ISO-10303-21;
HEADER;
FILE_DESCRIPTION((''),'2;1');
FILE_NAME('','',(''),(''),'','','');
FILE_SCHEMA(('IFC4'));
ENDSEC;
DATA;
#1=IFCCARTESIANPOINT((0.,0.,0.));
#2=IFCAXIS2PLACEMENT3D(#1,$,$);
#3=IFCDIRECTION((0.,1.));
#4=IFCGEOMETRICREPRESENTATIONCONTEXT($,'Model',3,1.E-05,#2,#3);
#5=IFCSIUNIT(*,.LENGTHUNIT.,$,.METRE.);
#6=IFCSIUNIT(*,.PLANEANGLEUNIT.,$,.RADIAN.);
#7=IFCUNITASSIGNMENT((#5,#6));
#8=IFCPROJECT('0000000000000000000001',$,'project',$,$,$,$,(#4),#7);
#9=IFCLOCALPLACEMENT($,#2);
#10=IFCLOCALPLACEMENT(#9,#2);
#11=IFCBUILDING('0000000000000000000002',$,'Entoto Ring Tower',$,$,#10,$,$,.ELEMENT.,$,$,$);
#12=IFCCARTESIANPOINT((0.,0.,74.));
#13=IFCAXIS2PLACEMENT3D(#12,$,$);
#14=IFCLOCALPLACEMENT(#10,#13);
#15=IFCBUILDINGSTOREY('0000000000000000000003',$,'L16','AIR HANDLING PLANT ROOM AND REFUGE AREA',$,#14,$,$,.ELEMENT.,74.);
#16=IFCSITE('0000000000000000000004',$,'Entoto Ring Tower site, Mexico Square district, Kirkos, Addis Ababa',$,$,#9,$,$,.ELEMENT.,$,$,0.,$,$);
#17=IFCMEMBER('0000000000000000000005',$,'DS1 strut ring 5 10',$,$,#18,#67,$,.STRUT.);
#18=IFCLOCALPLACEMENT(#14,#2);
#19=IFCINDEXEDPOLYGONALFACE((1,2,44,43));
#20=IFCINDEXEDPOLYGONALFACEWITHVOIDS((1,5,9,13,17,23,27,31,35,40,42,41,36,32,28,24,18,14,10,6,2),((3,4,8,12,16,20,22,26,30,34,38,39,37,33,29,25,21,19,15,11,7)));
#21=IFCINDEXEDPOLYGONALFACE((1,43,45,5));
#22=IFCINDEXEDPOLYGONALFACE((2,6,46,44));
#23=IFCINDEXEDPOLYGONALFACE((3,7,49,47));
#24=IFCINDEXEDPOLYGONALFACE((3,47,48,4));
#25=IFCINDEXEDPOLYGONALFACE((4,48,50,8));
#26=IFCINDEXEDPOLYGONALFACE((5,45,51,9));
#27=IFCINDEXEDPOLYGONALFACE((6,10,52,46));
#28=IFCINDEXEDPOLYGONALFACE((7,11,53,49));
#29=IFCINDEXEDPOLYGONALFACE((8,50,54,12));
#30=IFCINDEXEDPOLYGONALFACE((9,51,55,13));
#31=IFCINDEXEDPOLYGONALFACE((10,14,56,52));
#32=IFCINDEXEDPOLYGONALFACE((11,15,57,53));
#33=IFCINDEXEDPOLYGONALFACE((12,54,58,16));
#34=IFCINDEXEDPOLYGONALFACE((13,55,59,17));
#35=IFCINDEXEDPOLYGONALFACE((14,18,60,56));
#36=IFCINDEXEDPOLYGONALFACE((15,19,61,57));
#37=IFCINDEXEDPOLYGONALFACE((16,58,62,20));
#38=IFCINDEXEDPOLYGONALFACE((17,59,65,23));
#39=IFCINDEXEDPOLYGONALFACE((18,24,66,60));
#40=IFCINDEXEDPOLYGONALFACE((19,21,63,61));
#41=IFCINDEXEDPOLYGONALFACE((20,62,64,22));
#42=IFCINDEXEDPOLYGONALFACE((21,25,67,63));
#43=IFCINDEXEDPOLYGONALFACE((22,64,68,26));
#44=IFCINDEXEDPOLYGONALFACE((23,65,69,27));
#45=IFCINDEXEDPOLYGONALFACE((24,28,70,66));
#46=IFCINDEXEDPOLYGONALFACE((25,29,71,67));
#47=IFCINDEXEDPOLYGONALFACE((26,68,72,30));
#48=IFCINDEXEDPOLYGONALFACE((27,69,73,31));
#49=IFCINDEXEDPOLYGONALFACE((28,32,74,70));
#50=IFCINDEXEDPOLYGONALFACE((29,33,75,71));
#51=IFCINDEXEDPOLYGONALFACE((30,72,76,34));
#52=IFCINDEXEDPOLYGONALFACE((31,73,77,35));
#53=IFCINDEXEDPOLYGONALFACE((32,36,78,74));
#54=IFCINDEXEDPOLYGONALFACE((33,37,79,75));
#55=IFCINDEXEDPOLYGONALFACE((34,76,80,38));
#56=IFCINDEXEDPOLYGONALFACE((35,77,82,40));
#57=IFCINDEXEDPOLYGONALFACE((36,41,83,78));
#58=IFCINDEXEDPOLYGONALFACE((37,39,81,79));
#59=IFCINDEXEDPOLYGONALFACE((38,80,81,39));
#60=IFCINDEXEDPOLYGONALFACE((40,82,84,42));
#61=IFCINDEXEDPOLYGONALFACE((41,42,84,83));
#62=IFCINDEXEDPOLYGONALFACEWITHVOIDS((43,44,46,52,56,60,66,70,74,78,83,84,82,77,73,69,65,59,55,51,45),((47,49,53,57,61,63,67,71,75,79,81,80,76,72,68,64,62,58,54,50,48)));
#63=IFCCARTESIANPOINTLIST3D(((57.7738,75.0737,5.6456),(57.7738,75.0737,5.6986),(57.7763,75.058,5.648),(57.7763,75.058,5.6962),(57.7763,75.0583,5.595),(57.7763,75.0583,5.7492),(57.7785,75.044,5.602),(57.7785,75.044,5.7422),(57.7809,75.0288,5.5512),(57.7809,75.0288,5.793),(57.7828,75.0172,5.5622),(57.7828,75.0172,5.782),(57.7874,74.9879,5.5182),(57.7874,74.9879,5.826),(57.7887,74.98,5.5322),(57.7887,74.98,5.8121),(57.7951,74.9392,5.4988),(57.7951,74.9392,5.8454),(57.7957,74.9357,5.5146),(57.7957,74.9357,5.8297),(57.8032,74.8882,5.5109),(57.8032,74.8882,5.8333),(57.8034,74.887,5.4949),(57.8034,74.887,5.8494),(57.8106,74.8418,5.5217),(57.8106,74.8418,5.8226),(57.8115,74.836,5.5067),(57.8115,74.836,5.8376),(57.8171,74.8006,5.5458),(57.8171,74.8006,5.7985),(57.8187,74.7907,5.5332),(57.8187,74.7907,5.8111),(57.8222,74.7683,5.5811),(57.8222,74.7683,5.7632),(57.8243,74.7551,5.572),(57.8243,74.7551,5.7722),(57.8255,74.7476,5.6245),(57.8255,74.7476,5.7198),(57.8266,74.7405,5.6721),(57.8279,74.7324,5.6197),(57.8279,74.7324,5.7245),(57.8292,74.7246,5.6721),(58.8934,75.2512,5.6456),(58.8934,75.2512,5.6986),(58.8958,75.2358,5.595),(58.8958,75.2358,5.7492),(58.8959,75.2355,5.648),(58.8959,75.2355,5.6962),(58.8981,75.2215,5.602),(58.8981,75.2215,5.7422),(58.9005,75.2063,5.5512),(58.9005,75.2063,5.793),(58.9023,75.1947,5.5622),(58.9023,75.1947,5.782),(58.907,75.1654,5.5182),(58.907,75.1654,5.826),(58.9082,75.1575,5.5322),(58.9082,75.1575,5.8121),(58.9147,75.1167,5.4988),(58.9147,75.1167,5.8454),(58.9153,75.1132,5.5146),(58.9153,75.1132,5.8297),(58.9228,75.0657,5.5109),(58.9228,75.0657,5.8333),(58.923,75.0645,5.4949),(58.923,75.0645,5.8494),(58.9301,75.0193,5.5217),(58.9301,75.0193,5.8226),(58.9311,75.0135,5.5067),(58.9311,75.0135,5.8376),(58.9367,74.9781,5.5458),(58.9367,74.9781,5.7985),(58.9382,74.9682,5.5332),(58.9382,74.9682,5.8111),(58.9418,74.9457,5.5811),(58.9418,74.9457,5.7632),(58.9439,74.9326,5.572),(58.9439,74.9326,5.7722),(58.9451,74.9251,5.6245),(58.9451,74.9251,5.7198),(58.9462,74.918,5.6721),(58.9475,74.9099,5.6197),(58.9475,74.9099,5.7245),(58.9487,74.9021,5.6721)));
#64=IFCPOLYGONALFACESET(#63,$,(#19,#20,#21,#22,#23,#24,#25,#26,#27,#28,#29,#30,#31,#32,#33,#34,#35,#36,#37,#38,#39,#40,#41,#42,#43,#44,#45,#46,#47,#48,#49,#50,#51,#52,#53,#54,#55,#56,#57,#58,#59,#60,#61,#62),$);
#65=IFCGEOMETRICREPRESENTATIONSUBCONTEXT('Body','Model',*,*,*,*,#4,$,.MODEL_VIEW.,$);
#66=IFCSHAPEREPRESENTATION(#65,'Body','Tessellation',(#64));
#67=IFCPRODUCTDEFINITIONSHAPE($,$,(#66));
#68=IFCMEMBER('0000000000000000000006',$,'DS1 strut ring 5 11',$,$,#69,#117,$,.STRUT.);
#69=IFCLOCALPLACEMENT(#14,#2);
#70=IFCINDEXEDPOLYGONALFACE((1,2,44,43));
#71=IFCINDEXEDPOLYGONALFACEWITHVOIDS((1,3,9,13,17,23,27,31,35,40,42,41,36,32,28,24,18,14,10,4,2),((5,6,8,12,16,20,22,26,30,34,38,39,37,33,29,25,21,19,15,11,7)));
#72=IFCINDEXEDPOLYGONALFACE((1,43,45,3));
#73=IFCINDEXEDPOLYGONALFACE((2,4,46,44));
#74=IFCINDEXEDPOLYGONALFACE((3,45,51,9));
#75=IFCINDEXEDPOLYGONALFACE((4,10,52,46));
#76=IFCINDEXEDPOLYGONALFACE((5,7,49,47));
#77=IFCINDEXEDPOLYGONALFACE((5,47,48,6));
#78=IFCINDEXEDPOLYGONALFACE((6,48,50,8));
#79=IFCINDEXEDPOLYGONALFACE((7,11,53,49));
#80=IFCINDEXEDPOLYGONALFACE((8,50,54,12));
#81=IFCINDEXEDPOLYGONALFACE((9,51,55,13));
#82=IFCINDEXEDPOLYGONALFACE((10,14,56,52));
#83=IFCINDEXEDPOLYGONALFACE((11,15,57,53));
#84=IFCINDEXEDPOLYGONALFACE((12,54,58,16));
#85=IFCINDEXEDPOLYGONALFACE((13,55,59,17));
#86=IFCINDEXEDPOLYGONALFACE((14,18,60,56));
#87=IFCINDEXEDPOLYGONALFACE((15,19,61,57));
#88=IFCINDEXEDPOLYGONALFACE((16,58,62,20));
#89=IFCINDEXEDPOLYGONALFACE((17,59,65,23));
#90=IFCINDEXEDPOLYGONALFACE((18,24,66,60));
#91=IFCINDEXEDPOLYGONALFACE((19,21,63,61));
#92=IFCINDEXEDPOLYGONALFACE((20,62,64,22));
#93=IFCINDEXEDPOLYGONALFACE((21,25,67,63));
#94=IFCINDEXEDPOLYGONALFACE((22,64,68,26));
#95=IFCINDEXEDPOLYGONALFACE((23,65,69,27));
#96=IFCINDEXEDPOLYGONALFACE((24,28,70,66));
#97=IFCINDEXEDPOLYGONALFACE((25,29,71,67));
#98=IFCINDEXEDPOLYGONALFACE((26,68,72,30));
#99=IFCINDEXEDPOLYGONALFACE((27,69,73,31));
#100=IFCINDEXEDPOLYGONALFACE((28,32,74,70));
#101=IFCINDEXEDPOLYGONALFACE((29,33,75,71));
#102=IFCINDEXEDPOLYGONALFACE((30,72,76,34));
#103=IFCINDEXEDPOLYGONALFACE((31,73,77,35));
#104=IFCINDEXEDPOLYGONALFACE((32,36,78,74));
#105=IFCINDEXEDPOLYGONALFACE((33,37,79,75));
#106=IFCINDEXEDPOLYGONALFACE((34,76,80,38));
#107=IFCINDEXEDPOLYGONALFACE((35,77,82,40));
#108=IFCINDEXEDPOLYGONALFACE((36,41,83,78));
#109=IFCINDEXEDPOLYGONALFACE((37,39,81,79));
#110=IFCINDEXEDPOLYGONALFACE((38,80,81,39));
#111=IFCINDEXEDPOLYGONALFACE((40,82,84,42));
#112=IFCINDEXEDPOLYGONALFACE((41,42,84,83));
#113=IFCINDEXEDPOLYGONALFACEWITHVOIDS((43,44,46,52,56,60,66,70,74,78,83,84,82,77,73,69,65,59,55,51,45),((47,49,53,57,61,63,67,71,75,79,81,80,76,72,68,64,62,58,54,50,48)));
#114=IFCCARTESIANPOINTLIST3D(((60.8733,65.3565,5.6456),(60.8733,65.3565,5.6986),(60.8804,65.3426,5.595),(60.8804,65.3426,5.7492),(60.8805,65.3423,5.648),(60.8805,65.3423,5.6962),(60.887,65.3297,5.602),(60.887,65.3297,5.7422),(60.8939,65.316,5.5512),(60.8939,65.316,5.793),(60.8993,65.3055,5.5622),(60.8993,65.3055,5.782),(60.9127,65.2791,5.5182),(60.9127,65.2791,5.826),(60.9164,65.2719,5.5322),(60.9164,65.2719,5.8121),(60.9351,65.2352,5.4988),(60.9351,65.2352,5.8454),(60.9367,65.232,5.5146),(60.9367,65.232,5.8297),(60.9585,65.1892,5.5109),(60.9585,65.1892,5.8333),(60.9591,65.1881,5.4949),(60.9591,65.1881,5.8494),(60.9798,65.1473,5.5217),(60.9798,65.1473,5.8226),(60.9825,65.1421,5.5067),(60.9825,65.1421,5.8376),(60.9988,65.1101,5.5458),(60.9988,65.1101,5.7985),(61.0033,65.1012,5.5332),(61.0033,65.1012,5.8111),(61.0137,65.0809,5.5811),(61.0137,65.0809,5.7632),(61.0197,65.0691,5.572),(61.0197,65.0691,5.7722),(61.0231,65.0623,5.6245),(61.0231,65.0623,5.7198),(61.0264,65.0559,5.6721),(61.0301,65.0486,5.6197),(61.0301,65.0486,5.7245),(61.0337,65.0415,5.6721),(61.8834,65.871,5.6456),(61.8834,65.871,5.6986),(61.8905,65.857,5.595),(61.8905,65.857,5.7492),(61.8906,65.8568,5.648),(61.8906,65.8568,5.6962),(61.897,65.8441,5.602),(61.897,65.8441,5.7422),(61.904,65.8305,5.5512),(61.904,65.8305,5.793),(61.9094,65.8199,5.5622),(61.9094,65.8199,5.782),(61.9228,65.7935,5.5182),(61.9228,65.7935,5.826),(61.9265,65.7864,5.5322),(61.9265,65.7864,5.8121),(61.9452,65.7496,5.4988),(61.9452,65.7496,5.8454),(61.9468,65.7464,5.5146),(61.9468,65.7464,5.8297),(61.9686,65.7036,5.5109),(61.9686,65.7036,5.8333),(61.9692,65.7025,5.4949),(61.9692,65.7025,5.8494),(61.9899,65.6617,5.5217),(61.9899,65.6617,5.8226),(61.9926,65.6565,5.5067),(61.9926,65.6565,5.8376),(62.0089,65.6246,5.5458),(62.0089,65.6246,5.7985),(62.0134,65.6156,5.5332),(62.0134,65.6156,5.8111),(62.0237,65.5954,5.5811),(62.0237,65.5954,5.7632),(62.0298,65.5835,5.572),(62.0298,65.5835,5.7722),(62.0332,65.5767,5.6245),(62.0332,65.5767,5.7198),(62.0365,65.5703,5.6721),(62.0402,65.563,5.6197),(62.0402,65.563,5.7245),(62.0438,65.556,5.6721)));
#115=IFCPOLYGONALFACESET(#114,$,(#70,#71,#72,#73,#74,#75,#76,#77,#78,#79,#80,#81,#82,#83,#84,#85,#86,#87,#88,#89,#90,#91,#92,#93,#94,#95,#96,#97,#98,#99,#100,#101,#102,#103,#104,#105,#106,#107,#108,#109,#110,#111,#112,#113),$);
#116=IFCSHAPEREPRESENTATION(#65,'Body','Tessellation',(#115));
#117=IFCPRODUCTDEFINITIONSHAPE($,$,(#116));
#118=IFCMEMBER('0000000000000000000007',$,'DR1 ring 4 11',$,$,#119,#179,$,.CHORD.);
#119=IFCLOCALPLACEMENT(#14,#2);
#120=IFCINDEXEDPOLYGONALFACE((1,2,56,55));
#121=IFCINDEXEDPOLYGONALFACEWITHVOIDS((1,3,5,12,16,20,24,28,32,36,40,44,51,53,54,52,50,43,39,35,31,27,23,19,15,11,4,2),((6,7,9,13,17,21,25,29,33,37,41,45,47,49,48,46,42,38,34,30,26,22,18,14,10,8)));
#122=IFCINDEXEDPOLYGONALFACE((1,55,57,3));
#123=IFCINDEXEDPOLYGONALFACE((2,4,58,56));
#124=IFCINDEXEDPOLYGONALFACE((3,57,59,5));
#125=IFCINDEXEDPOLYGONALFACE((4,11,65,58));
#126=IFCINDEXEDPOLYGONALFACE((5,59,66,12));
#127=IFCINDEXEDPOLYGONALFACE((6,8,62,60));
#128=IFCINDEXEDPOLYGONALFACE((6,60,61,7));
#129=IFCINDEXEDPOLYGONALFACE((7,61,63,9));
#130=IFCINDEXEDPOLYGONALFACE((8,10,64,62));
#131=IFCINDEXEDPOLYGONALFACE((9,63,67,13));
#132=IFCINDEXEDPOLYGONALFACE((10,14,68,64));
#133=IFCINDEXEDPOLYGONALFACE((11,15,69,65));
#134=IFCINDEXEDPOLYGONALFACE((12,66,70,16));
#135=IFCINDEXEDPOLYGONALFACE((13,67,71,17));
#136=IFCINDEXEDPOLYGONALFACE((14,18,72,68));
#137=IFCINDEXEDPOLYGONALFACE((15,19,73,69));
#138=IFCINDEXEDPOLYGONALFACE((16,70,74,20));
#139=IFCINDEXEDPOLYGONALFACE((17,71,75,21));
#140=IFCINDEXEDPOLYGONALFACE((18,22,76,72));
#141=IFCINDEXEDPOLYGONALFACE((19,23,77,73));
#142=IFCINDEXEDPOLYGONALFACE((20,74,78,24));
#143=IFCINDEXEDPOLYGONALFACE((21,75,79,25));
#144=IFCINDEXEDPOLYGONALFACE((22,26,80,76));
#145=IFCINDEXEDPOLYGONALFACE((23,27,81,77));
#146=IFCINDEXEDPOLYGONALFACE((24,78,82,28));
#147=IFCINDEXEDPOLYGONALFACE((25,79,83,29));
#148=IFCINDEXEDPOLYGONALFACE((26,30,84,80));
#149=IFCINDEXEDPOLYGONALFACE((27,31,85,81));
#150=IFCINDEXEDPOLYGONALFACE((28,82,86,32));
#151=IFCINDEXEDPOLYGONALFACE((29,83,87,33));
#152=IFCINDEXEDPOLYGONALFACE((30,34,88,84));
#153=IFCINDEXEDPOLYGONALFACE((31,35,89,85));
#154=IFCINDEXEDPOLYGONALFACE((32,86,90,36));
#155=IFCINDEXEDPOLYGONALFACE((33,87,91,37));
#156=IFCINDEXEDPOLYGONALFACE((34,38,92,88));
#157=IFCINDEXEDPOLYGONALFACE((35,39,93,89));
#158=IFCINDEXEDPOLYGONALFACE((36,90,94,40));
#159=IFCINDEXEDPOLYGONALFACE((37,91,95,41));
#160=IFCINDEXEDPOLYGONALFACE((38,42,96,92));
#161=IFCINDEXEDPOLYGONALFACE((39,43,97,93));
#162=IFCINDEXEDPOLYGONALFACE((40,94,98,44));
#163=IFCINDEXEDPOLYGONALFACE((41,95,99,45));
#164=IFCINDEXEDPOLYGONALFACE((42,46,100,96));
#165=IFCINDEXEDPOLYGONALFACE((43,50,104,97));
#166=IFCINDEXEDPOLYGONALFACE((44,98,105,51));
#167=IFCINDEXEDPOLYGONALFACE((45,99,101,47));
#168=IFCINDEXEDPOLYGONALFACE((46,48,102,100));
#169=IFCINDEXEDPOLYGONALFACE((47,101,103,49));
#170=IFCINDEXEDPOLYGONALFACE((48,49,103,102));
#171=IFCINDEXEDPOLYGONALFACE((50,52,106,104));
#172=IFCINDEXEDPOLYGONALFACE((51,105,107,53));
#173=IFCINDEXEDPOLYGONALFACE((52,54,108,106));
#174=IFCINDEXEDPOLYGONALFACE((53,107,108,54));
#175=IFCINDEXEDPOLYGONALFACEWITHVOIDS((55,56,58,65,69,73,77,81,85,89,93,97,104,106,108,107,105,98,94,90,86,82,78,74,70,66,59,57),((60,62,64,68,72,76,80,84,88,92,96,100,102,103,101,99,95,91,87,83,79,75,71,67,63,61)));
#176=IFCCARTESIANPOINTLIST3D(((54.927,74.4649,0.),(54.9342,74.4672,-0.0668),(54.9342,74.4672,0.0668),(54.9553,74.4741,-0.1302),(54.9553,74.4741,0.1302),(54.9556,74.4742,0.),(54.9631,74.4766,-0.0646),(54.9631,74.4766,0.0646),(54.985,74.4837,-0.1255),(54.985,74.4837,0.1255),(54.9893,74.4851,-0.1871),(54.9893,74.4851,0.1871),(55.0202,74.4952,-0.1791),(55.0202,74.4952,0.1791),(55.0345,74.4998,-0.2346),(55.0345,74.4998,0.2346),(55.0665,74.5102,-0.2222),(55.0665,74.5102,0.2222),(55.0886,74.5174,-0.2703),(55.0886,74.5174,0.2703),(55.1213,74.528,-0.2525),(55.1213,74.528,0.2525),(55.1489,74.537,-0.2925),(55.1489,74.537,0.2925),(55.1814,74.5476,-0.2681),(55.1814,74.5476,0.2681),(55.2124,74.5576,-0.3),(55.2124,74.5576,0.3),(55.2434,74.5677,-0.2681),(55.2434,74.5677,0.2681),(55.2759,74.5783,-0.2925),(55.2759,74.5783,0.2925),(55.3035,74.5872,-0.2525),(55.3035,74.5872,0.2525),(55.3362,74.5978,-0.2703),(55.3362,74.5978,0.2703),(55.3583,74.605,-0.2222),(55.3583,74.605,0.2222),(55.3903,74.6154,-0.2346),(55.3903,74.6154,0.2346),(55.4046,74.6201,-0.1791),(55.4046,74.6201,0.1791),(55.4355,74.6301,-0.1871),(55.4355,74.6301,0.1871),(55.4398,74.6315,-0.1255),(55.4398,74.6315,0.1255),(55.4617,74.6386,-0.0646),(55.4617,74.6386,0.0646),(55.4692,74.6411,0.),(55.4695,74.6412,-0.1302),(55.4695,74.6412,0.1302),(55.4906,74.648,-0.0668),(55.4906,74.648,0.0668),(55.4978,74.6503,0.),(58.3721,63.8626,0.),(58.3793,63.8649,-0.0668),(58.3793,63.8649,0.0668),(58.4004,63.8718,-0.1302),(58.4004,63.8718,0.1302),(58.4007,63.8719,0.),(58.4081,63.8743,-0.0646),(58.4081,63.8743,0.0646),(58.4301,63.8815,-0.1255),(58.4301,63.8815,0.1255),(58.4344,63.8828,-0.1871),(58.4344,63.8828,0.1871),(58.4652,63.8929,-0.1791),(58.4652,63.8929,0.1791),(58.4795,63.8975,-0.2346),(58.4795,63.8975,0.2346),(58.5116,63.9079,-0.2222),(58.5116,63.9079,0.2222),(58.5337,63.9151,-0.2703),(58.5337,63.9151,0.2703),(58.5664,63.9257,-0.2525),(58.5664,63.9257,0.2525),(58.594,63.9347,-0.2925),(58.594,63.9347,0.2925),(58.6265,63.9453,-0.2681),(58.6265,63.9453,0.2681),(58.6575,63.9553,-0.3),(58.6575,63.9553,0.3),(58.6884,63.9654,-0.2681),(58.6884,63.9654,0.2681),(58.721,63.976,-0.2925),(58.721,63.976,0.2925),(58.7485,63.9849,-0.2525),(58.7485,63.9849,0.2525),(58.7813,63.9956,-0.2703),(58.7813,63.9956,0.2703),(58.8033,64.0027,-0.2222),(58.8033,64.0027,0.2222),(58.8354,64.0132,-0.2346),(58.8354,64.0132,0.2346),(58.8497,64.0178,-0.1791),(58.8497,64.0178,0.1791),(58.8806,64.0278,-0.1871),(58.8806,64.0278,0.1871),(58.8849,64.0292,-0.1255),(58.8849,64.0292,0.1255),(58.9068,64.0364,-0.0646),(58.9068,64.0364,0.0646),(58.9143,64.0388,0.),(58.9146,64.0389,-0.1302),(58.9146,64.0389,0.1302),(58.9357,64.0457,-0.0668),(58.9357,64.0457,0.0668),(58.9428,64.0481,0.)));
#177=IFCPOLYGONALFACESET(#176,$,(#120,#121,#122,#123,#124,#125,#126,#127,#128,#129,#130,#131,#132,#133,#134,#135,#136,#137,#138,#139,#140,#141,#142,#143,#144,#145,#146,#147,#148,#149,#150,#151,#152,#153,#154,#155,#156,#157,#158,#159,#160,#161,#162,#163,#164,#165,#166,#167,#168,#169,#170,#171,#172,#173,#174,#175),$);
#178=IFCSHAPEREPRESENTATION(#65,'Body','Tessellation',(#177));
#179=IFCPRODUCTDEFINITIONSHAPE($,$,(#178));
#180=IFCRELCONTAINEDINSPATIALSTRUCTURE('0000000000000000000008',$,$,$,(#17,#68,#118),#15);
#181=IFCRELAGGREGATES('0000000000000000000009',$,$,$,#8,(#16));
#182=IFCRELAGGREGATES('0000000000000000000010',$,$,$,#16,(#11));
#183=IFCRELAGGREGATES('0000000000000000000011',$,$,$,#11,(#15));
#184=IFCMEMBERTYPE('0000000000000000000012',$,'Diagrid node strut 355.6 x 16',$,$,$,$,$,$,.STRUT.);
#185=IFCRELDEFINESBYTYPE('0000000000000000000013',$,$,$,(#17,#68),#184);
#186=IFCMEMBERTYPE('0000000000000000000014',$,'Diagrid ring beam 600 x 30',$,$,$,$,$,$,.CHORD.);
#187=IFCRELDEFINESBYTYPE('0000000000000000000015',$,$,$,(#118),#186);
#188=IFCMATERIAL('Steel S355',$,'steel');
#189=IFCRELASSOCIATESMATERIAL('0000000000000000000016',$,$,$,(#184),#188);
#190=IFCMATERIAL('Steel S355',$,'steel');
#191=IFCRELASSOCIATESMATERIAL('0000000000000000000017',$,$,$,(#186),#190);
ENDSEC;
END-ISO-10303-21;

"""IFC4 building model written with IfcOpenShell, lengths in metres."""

from ifc_helpers import new_model, si_unit, direction, frame, origin, origin_2d, place, context, subcontext, project, spatial, circle, hollow_circle, extrude, material, material_profile, profile_set, type_object, element, save


model = new_model("IFC4")

# Units and contexts
model_context = context("Model", 3, precision=1e-05, world=origin(), true_north=direction((0.0, 1.0)))
body_context = subcontext(model_context, "Body", "Model", "MODEL_VIEW")
ifc_project = project(units=[si_unit("LENGTHUNIT", "METRE"), si_unit("PLANEANGLEUNIT", "RADIAN")], contexts=[model_context])

# Site, building, storey
site_placement = place(None, origin())
site = spatial("IfcSite", under=ifc_project, at=site_placement, Name="Entoto Ring Tower site, Mexico Square district, Kirkos, Addis Ababa", CompositionType="ELEMENT", RefElevation=0.0)
building_placement = place(site_placement, origin())
building = spatial("IfcBuilding", under=site, at=building_placement, Name="Entoto Ring Tower", CompositionType="ELEMENT")
storey_placement = place(building_placement, frame((0.0, 0.0, 74.0)))
storey = spatial("IfcBuildingStorey", under=building, at=storey_placement, Name="L16", Description="AIR HANDLING PLANT ROOM AND REFUGE AREA", CompositionType="ELEMENT", Elevation=74.0)

# Members
ifc_material_1 = material(Name="Steel S355", Category="steel")
ifc_material_profile_1 = material_profile(ifc_material_1, hollow_circle(Radius=0.1777, WallThickness=0.0161, at=origin_2d()), Name="CHS 355.6 x 16")
ifc_material_2 = material(Name="Concrete C60/75", Category="concrete")
ifc_material_profile_2 = material_profile(ifc_material_2, circle(Radius=0.1619, at=origin_2d()), Name="Concrete C60/75 infill")
ifc_profile_set_1 = profile_set([ifc_material_profile_1, ifc_material_profile_2], Name="Steel S355")
member_type_1 = type_object("IfcMemberType", Name="Diagrid node strut 355.6 x 16", PredefinedType="STRUT", material=ifc_profile_set_1)
for number, where, z_axis, x_axis, name in (
    (1, (58.9209, 75.0776, 5.6721), (-0.987667, -0.156571, 0.0), (0.156571, -0.987667, 0.0), "DS1 strut ring 5 10"),
    (2, (61.9631, 65.7144, 5.6721), (-0.891086, -0.453835, 0.0), (0.453835, -0.891086, 0.0), "DS1 strut ring 5 11"),
):
    element("IfcMember", number, at=place(storey_placement, frame(where, z_axis=z_axis, x_axis=x_axis)), inside=storey, type_object=member_type_1, Name=name, PredefinedType="STRUT", context=body_context, shape_type="SweptSolid", body=[
        extrude(hollow_circle(Radius=0.1777, WallThickness=0.0161, at=origin_2d()), origin(), (0.0, 0.0, 1.0), 1.1335),
    ])
ifc_material_3 = material(Name="Steel S355", Category="steel")
ifc_material_profile_3 = material_profile(ifc_material_3, hollow_circle(Radius=0.3, WallThickness=0.03, at=origin_2d()), Name="CHS 600 x 30")
ifc_material_4 = material(Name="Concrete C60/75", Category="concrete")
ifc_material_profile_4 = material_profile(ifc_material_4, circle(Radius=0.27, at=origin_2d()), Name="Concrete C60/75 infill")
ifc_profile_set_2 = profile_set([ifc_material_profile_3, ifc_material_profile_4], Name="Steel S355")
member_type_2 = type_object("IfcMemberType", Name="Diagrid ring beam 600 x 30", PredefinedType="CHORD", material=ifc_profile_set_2)
for number, where, z_axis, x_axis, name in (
    (3, (55.2124, 74.5576, 0.0), (0.309031, -0.951052, 0.0), (0.951052, 0.309031, 0.0), "DR1 ring 4 11"),
):
    element("IfcMember", number, at=place(storey_placement, frame(where, z_axis=z_axis, x_axis=x_axis)), inside=storey, type_object=member_type_2, Name=name, PredefinedType="CHORD", context=body_context, shape_type="SweptSolid", body=[
        extrude(hollow_circle(Radius=0.3, WallThickness=0.03, at=origin_2d()), origin(), (0.0, 0.0, 1.0), 11.1479),
    ])

save(model, "model.ifc")
